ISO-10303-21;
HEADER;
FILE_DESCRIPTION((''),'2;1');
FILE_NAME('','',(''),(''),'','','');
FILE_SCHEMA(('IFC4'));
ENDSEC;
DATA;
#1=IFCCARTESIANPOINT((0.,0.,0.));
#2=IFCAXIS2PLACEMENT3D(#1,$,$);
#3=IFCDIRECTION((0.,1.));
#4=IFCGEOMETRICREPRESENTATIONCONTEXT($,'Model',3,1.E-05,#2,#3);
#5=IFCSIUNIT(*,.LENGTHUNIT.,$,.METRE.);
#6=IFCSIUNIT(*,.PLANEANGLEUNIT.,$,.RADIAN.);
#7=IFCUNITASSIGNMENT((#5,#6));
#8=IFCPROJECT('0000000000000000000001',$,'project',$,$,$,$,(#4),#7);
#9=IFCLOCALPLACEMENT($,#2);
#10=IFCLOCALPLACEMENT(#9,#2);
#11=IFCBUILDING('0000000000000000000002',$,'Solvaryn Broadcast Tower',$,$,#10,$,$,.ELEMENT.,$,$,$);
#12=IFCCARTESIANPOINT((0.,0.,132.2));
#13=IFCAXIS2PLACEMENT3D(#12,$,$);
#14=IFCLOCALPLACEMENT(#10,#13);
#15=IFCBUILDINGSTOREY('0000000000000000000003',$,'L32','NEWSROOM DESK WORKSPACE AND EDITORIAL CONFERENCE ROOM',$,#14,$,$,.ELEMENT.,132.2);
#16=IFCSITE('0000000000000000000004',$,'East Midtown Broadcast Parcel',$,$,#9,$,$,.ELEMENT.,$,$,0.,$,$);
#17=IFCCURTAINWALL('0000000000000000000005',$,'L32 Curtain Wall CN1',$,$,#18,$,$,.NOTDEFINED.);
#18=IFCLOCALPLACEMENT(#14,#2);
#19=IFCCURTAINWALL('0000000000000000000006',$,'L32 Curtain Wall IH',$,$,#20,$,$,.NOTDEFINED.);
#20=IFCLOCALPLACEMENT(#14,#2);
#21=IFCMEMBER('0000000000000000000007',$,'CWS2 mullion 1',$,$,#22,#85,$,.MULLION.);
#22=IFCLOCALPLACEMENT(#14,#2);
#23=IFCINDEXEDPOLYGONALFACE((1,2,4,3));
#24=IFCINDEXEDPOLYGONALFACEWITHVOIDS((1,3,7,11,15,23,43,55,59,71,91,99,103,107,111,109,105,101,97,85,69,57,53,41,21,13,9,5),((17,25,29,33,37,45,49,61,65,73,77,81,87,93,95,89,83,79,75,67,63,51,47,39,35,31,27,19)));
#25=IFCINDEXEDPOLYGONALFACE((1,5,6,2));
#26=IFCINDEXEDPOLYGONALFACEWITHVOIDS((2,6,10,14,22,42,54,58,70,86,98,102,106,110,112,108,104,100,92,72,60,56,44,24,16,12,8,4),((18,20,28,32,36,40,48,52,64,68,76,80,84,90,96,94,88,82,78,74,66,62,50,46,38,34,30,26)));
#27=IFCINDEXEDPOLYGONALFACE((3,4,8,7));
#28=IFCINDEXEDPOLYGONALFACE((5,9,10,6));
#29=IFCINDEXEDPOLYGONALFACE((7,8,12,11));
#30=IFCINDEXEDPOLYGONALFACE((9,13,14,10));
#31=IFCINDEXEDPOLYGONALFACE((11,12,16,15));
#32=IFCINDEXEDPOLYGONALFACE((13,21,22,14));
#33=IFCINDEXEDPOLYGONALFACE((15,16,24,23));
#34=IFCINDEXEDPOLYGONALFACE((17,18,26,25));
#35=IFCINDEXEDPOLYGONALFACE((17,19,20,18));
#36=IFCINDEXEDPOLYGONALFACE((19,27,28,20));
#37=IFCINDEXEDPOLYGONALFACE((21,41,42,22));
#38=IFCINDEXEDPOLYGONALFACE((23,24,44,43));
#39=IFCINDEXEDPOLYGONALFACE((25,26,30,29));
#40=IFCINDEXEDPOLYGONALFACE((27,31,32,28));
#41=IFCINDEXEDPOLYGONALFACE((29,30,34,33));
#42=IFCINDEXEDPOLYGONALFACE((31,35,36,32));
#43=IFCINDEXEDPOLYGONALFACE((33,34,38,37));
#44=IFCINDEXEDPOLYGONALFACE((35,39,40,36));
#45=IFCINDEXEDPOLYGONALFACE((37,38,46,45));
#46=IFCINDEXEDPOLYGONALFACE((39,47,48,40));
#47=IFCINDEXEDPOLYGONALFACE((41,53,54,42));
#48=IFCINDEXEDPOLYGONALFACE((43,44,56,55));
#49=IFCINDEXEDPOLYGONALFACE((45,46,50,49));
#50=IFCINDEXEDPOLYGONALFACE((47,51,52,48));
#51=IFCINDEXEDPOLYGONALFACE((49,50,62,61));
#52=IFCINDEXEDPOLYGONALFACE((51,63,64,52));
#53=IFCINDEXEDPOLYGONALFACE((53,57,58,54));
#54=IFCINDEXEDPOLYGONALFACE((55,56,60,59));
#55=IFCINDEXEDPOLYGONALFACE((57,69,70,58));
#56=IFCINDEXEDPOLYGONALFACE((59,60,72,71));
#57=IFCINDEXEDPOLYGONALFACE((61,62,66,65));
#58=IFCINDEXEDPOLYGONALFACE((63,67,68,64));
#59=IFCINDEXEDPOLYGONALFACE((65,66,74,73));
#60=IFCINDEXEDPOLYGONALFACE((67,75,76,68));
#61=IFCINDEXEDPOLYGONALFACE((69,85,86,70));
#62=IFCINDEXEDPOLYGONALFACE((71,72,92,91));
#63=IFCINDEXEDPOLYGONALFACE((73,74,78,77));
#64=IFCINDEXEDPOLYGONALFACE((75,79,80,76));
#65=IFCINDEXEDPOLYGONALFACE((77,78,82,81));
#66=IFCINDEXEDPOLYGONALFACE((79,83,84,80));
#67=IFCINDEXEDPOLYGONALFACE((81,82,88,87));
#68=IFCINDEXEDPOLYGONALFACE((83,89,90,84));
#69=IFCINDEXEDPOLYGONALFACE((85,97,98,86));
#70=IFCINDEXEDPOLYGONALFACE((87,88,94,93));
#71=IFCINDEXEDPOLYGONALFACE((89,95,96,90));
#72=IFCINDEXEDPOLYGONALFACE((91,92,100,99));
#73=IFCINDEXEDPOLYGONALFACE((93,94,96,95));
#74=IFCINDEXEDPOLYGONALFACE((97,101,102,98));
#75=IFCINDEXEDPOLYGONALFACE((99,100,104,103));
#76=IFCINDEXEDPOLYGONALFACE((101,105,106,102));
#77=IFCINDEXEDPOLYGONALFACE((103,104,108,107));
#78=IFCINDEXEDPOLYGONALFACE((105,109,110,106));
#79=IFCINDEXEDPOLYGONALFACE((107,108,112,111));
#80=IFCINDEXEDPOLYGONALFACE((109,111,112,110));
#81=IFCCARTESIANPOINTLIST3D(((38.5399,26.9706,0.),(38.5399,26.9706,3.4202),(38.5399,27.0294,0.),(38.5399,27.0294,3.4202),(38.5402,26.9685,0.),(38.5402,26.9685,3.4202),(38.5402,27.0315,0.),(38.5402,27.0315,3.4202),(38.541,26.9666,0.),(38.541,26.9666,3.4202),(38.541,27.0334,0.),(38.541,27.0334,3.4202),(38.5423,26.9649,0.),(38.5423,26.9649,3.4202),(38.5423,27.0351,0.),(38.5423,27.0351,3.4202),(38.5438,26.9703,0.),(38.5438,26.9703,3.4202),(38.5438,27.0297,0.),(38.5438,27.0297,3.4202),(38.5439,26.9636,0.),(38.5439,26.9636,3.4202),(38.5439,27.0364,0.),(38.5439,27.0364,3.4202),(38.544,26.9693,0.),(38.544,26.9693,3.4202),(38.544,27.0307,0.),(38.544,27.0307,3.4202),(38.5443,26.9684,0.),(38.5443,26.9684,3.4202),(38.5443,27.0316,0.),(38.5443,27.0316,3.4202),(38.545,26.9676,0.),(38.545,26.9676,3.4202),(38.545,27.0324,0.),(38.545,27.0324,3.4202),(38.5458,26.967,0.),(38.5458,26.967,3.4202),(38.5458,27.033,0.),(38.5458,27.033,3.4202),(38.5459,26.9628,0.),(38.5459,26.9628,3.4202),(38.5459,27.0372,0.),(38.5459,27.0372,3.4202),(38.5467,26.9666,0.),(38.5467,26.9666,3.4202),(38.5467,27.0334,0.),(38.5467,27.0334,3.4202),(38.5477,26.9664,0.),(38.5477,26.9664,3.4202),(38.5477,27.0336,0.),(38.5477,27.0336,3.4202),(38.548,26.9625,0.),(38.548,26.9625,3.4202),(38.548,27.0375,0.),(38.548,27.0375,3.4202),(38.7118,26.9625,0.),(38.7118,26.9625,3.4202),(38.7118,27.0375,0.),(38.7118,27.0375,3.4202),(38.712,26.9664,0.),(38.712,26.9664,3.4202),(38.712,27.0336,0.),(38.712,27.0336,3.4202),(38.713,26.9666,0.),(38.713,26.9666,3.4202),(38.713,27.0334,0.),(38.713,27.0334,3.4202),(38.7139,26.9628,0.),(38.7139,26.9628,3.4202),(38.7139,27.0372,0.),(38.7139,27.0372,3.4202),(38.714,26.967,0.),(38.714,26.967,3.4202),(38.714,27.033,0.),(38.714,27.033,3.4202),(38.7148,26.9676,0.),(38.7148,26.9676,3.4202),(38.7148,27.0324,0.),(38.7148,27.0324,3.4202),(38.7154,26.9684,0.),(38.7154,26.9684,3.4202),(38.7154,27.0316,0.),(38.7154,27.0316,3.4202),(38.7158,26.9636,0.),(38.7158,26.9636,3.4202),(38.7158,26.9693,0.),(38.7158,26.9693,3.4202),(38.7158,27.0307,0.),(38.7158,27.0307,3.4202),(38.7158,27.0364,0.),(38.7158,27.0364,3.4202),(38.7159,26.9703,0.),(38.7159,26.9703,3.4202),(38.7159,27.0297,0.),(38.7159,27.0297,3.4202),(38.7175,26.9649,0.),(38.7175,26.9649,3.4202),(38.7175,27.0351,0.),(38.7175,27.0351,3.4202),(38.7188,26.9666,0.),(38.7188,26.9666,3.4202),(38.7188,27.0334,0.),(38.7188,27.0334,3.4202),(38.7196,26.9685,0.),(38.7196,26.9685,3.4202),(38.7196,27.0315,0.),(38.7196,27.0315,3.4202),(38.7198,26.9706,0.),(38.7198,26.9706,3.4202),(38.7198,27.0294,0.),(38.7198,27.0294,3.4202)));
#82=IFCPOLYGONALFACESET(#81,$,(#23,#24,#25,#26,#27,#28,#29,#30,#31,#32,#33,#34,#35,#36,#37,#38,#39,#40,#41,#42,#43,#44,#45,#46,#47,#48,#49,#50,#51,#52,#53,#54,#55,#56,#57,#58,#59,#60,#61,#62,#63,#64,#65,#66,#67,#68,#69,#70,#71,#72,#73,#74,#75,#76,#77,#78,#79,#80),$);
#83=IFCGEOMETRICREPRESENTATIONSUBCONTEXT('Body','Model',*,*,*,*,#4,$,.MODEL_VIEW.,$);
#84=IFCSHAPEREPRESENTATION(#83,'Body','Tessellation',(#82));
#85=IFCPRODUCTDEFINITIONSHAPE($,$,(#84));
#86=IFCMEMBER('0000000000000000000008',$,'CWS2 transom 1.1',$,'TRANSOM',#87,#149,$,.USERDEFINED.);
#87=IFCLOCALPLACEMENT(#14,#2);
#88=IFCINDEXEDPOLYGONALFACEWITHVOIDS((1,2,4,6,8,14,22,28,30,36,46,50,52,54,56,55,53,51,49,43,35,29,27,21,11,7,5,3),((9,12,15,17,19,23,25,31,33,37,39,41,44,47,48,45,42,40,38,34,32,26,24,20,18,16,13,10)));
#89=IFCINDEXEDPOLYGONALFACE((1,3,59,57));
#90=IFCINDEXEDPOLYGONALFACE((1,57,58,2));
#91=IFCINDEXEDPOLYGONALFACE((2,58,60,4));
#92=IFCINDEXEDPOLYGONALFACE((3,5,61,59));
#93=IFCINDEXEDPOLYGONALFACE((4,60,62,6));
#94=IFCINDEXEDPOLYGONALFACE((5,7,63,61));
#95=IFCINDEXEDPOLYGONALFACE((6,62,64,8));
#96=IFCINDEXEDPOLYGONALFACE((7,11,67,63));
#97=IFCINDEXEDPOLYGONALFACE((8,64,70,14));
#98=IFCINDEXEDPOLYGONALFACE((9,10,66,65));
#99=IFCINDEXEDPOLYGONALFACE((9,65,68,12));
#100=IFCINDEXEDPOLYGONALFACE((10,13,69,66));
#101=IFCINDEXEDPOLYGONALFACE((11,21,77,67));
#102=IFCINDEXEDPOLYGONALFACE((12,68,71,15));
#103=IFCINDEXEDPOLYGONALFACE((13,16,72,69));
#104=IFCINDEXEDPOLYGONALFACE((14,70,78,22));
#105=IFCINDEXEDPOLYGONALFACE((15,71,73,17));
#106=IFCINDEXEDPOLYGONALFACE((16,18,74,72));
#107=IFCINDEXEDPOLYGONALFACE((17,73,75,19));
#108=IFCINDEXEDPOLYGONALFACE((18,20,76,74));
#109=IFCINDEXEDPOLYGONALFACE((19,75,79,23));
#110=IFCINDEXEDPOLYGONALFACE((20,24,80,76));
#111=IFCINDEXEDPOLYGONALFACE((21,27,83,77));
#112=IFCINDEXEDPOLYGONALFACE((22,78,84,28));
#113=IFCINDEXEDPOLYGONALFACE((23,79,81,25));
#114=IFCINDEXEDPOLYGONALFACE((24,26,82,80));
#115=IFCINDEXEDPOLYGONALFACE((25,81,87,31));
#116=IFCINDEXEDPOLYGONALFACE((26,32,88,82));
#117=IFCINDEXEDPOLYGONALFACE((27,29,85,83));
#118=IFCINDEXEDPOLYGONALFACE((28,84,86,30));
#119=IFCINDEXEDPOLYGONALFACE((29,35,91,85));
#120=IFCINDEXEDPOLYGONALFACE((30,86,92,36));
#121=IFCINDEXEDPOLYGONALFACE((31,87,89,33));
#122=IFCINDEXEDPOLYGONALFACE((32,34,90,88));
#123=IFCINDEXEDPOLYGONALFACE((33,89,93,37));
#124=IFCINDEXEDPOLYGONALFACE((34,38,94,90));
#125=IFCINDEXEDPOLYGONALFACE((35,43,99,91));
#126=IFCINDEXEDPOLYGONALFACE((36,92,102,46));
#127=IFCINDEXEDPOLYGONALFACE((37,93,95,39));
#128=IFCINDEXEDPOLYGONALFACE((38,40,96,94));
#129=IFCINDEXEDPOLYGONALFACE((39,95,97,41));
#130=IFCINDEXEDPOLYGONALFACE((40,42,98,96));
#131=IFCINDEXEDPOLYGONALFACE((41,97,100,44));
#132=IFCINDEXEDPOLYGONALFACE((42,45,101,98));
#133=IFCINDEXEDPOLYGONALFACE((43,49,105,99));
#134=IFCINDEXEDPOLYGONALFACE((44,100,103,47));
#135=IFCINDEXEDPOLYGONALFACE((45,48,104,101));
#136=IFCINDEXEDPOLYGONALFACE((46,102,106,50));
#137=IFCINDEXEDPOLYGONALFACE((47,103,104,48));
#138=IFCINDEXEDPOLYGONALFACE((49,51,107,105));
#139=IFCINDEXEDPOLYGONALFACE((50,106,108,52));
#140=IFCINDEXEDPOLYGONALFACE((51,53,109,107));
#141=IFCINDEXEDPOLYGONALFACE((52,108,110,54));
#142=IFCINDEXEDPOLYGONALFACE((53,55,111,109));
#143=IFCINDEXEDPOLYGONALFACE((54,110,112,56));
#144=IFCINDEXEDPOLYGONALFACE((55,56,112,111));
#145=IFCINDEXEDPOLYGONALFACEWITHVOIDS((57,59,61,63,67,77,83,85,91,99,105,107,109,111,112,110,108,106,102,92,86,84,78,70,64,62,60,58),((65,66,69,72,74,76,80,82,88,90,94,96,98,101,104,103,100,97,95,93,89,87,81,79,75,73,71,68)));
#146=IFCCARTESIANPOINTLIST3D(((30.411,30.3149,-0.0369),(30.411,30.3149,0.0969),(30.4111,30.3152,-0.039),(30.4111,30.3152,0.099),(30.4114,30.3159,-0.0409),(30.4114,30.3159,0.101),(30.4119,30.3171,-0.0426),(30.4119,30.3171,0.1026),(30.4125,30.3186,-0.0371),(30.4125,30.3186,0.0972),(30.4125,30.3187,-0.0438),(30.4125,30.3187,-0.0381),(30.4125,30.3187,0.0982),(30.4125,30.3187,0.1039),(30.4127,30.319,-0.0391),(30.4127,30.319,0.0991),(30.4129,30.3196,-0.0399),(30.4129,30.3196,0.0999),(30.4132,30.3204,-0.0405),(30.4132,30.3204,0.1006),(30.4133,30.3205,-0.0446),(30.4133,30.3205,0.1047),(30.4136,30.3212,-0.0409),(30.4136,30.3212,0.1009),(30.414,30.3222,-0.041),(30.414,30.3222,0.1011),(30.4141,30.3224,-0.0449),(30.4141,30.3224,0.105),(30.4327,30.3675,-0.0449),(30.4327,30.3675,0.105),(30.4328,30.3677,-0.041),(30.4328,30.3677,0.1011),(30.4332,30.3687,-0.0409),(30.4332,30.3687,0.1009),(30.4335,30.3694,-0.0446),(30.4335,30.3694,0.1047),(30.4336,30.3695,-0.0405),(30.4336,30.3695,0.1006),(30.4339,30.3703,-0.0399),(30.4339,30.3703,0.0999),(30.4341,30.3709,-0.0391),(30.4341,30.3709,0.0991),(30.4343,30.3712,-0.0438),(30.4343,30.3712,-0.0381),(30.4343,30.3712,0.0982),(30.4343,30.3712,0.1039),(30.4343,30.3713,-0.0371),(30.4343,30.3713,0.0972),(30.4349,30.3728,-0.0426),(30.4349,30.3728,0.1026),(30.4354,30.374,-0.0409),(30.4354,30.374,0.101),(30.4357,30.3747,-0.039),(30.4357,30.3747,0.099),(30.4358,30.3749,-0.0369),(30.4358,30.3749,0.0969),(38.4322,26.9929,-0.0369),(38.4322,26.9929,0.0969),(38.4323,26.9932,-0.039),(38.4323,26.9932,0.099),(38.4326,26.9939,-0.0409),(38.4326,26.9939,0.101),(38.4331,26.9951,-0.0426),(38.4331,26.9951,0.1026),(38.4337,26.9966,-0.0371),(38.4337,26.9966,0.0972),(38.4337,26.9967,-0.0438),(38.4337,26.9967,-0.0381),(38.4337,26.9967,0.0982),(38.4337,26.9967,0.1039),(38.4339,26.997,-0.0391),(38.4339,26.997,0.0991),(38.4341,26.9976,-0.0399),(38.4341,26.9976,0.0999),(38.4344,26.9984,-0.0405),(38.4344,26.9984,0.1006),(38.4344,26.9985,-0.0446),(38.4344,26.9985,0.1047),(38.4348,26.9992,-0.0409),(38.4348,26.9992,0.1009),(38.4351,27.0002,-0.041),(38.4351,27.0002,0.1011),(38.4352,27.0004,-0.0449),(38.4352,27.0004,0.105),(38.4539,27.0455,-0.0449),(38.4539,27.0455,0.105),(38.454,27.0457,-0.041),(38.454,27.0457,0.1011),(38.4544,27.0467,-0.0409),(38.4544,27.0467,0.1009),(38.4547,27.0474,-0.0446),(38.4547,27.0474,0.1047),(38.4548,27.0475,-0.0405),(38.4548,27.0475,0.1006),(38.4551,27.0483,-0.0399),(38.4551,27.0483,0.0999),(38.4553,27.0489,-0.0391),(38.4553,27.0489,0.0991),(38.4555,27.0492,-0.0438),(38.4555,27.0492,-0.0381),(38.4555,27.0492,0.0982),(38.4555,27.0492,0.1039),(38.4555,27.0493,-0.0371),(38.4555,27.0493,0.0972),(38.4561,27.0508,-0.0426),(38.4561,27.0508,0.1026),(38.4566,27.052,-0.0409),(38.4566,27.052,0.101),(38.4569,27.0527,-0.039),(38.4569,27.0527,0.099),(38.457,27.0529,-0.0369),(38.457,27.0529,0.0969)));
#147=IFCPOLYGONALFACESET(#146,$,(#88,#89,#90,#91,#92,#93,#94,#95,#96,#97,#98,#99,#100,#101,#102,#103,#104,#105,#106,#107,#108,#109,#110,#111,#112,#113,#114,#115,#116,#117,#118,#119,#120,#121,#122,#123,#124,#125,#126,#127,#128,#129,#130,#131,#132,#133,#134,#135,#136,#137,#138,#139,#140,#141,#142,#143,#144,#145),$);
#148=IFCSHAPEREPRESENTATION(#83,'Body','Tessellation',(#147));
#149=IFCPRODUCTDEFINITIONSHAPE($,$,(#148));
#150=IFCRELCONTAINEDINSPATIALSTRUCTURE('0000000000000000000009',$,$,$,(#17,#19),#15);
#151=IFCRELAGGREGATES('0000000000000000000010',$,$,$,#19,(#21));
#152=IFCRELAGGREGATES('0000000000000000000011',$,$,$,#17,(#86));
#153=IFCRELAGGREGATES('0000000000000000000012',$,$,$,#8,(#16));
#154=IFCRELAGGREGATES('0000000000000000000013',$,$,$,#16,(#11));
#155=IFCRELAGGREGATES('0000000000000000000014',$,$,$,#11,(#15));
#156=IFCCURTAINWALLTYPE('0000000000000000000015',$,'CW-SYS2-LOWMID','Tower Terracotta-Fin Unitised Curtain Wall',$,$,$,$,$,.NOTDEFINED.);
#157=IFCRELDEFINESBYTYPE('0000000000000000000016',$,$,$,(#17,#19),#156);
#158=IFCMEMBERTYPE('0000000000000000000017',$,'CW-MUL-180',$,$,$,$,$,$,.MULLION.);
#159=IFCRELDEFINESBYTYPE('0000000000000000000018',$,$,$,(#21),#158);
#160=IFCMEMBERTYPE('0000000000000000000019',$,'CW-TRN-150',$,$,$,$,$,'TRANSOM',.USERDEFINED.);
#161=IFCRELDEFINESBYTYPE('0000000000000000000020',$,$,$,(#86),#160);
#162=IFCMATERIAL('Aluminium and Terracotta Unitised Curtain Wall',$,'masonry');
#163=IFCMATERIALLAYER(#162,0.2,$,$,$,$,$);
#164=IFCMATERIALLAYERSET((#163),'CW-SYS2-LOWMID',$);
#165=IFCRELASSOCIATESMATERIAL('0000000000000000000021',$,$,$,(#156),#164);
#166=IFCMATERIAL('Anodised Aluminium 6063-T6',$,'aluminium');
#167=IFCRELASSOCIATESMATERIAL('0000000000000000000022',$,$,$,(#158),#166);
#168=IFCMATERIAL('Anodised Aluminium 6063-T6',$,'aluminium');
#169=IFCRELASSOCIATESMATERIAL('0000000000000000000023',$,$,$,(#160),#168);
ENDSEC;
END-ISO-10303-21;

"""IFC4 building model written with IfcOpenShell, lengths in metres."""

from ifc_helpers import new_model, si_unit, direction, frame, origin, origin_2d, place, context, subcontext, project, spatial, hollow_rectangle, extrude, material, layer, layer_set, material_profile, profile_set, type_object, element, aggregate, save


model = new_model("IFC4")

# Units and contexts
model_context = context("Model", 3, precision=1e-05, world=origin(), true_north=direction((0.0, 1.0)))
body_context = subcontext(model_context, "Body", "Model", "MODEL_VIEW")
ifc_project = project(units=[si_unit("LENGTHUNIT", "METRE"), si_unit("PLANEANGLEUNIT", "RADIAN")], contexts=[model_context])

# Site, building, storey
site_placement = place(None, origin())
site = spatial("IfcSite", under=ifc_project, at=site_placement, Name="East Midtown Broadcast Parcel", CompositionType="ELEMENT", RefElevation=0.0)
building_placement = place(site_placement, origin())
building = spatial("IfcBuilding", under=site, at=building_placement, Name="Solvaryn Broadcast Tower", CompositionType="ELEMENT")
storey_placement = place(building_placement, frame((0.0, 0.0, 132.2)))
storey = spatial("IfcBuildingStorey", under=building, at=storey_placement, Name="L32", Description="NEWSROOM DESK WORKSPACE AND EDITORIAL CONFERENCE ROOM", CompositionType="ELEMENT", Elevation=132.2)

# Curtain walls, member
ifc_material_1 = material(Name="Aluminium and Terracotta Unitised Curtain Wall", Category="masonry")
ifc_layer_1 = layer(ifc_material_1, 0.2)
ifc_layer_set_1 = layer_set([ifc_layer_1], Name="CW-SYS2-LOWMID")
curtain_wall_type = type_object("IfcCurtainWallType", Name="CW-SYS2-LOWMID", Description="Tower Terracotta-Fin Unitised Curtain Wall", PredefinedType="NOTDEFINED", material=ifc_layer_set_1)
curtain_wall_1_placement = place(storey_placement, origin())
curtain_wall_1 = element("IfcCurtainWall", 1, at=curtain_wall_1_placement, inside=storey, type_object=curtain_wall_type, Name="L32 Curtain Wall CN1", PredefinedType="NOTDEFINED")
ifc_material_2 = material(Name="Anodised Aluminium 6063-T6", Category="aluminium")
ifc_material_profile_1 = material_profile(ifc_material_2, hollow_rectangle(XDim=0.075, YDim=0.1799, WallThickness=0.0039, InnerFilletRadius=0.0039, OuterFilletRadius=0.0081, at=origin_2d()))
ifc_profile_set_1 = profile_set([ifc_material_profile_1], Name="Anodised Aluminium 6063-T6")
member_type_1 = type_object("IfcMemberType", Name="CW-MUL-180", PredefinedType="MULLION", material=ifc_profile_set_1)
curtain_wall_2_placement = place(storey_placement, origin())
curtain_wall_2 = element("IfcCurtainWall", 2, at=curtain_wall_2_placement, inside=storey, type_object=curtain_wall_type, Name="L32 Curtain Wall IH", PredefinedType="NOTDEFINED")
member_1_placement = place(storey_placement, frame((38.6299, 27.0, 0.0), z_axis=(0.0, 0.0, 1.0), x_axis=(0.0, 1.0, 0.0)))
member_1 = element("IfcMember", 3, at=member_1_placement, type_object=member_type_1, Name="CWS2 mullion 1", PredefinedType="MULLION", context=body_context, shape_type="SweptSolid", body=[
    extrude(hollow_rectangle(XDim=0.075, YDim=0.1799, WallThickness=0.0039, InnerFilletRadius=0.0039, OuterFilletRadius=0.0081, at=origin_2d()), origin(), (0.0, 0.0, 1.0), 3.4202),
])
aggregate(curtain_wall_2, [member_1])

# Member
ifc_material_3 = material(Name="Anodised Aluminium 6063-T6", Category="aluminium")
ifc_material_profile_2 = material_profile(ifc_material_3, hollow_rectangle(XDim=0.0649, YDim=0.1499, WallThickness=0.0039, InnerFilletRadius=0.0039, OuterFilletRadius=0.0081, at=origin_2d()))
ifc_profile_set_2 = profile_set([ifc_material_profile_2], Name="Anodised Aluminium 6063-T6")
member_type_2 = type_object("IfcMemberType", Name="CW-TRN-150", ElementType="TRANSOM", PredefinedType="USERDEFINED", material=ifc_profile_set_2)
member_2_placement = place(storey_placement, frame((38.4446, 27.0229, 0.03), z_axis=(-0.923899, 0.382636, 0.0), x_axis=(-0.382636, -0.923899, 0.0)))
member_2 = element("IfcMember", 4, at=member_2_placement, type_object=member_type_2, Name="CWS2 transom 1.1", ObjectType="TRANSOM", PredefinedType="USERDEFINED", context=body_context, shape_type="SweptSolid", body=[
    extrude(hollow_rectangle(XDim=0.0649, YDim=0.1499, WallThickness=0.0039, InnerFilletRadius=0.0039, OuterFilletRadius=0.0081, at=origin_2d()), origin(), (0.0, 0.0, 1.0), 8.6819),
])

aggregate(curtain_wall_1, [member_2])

save(model, "model.ifc")
